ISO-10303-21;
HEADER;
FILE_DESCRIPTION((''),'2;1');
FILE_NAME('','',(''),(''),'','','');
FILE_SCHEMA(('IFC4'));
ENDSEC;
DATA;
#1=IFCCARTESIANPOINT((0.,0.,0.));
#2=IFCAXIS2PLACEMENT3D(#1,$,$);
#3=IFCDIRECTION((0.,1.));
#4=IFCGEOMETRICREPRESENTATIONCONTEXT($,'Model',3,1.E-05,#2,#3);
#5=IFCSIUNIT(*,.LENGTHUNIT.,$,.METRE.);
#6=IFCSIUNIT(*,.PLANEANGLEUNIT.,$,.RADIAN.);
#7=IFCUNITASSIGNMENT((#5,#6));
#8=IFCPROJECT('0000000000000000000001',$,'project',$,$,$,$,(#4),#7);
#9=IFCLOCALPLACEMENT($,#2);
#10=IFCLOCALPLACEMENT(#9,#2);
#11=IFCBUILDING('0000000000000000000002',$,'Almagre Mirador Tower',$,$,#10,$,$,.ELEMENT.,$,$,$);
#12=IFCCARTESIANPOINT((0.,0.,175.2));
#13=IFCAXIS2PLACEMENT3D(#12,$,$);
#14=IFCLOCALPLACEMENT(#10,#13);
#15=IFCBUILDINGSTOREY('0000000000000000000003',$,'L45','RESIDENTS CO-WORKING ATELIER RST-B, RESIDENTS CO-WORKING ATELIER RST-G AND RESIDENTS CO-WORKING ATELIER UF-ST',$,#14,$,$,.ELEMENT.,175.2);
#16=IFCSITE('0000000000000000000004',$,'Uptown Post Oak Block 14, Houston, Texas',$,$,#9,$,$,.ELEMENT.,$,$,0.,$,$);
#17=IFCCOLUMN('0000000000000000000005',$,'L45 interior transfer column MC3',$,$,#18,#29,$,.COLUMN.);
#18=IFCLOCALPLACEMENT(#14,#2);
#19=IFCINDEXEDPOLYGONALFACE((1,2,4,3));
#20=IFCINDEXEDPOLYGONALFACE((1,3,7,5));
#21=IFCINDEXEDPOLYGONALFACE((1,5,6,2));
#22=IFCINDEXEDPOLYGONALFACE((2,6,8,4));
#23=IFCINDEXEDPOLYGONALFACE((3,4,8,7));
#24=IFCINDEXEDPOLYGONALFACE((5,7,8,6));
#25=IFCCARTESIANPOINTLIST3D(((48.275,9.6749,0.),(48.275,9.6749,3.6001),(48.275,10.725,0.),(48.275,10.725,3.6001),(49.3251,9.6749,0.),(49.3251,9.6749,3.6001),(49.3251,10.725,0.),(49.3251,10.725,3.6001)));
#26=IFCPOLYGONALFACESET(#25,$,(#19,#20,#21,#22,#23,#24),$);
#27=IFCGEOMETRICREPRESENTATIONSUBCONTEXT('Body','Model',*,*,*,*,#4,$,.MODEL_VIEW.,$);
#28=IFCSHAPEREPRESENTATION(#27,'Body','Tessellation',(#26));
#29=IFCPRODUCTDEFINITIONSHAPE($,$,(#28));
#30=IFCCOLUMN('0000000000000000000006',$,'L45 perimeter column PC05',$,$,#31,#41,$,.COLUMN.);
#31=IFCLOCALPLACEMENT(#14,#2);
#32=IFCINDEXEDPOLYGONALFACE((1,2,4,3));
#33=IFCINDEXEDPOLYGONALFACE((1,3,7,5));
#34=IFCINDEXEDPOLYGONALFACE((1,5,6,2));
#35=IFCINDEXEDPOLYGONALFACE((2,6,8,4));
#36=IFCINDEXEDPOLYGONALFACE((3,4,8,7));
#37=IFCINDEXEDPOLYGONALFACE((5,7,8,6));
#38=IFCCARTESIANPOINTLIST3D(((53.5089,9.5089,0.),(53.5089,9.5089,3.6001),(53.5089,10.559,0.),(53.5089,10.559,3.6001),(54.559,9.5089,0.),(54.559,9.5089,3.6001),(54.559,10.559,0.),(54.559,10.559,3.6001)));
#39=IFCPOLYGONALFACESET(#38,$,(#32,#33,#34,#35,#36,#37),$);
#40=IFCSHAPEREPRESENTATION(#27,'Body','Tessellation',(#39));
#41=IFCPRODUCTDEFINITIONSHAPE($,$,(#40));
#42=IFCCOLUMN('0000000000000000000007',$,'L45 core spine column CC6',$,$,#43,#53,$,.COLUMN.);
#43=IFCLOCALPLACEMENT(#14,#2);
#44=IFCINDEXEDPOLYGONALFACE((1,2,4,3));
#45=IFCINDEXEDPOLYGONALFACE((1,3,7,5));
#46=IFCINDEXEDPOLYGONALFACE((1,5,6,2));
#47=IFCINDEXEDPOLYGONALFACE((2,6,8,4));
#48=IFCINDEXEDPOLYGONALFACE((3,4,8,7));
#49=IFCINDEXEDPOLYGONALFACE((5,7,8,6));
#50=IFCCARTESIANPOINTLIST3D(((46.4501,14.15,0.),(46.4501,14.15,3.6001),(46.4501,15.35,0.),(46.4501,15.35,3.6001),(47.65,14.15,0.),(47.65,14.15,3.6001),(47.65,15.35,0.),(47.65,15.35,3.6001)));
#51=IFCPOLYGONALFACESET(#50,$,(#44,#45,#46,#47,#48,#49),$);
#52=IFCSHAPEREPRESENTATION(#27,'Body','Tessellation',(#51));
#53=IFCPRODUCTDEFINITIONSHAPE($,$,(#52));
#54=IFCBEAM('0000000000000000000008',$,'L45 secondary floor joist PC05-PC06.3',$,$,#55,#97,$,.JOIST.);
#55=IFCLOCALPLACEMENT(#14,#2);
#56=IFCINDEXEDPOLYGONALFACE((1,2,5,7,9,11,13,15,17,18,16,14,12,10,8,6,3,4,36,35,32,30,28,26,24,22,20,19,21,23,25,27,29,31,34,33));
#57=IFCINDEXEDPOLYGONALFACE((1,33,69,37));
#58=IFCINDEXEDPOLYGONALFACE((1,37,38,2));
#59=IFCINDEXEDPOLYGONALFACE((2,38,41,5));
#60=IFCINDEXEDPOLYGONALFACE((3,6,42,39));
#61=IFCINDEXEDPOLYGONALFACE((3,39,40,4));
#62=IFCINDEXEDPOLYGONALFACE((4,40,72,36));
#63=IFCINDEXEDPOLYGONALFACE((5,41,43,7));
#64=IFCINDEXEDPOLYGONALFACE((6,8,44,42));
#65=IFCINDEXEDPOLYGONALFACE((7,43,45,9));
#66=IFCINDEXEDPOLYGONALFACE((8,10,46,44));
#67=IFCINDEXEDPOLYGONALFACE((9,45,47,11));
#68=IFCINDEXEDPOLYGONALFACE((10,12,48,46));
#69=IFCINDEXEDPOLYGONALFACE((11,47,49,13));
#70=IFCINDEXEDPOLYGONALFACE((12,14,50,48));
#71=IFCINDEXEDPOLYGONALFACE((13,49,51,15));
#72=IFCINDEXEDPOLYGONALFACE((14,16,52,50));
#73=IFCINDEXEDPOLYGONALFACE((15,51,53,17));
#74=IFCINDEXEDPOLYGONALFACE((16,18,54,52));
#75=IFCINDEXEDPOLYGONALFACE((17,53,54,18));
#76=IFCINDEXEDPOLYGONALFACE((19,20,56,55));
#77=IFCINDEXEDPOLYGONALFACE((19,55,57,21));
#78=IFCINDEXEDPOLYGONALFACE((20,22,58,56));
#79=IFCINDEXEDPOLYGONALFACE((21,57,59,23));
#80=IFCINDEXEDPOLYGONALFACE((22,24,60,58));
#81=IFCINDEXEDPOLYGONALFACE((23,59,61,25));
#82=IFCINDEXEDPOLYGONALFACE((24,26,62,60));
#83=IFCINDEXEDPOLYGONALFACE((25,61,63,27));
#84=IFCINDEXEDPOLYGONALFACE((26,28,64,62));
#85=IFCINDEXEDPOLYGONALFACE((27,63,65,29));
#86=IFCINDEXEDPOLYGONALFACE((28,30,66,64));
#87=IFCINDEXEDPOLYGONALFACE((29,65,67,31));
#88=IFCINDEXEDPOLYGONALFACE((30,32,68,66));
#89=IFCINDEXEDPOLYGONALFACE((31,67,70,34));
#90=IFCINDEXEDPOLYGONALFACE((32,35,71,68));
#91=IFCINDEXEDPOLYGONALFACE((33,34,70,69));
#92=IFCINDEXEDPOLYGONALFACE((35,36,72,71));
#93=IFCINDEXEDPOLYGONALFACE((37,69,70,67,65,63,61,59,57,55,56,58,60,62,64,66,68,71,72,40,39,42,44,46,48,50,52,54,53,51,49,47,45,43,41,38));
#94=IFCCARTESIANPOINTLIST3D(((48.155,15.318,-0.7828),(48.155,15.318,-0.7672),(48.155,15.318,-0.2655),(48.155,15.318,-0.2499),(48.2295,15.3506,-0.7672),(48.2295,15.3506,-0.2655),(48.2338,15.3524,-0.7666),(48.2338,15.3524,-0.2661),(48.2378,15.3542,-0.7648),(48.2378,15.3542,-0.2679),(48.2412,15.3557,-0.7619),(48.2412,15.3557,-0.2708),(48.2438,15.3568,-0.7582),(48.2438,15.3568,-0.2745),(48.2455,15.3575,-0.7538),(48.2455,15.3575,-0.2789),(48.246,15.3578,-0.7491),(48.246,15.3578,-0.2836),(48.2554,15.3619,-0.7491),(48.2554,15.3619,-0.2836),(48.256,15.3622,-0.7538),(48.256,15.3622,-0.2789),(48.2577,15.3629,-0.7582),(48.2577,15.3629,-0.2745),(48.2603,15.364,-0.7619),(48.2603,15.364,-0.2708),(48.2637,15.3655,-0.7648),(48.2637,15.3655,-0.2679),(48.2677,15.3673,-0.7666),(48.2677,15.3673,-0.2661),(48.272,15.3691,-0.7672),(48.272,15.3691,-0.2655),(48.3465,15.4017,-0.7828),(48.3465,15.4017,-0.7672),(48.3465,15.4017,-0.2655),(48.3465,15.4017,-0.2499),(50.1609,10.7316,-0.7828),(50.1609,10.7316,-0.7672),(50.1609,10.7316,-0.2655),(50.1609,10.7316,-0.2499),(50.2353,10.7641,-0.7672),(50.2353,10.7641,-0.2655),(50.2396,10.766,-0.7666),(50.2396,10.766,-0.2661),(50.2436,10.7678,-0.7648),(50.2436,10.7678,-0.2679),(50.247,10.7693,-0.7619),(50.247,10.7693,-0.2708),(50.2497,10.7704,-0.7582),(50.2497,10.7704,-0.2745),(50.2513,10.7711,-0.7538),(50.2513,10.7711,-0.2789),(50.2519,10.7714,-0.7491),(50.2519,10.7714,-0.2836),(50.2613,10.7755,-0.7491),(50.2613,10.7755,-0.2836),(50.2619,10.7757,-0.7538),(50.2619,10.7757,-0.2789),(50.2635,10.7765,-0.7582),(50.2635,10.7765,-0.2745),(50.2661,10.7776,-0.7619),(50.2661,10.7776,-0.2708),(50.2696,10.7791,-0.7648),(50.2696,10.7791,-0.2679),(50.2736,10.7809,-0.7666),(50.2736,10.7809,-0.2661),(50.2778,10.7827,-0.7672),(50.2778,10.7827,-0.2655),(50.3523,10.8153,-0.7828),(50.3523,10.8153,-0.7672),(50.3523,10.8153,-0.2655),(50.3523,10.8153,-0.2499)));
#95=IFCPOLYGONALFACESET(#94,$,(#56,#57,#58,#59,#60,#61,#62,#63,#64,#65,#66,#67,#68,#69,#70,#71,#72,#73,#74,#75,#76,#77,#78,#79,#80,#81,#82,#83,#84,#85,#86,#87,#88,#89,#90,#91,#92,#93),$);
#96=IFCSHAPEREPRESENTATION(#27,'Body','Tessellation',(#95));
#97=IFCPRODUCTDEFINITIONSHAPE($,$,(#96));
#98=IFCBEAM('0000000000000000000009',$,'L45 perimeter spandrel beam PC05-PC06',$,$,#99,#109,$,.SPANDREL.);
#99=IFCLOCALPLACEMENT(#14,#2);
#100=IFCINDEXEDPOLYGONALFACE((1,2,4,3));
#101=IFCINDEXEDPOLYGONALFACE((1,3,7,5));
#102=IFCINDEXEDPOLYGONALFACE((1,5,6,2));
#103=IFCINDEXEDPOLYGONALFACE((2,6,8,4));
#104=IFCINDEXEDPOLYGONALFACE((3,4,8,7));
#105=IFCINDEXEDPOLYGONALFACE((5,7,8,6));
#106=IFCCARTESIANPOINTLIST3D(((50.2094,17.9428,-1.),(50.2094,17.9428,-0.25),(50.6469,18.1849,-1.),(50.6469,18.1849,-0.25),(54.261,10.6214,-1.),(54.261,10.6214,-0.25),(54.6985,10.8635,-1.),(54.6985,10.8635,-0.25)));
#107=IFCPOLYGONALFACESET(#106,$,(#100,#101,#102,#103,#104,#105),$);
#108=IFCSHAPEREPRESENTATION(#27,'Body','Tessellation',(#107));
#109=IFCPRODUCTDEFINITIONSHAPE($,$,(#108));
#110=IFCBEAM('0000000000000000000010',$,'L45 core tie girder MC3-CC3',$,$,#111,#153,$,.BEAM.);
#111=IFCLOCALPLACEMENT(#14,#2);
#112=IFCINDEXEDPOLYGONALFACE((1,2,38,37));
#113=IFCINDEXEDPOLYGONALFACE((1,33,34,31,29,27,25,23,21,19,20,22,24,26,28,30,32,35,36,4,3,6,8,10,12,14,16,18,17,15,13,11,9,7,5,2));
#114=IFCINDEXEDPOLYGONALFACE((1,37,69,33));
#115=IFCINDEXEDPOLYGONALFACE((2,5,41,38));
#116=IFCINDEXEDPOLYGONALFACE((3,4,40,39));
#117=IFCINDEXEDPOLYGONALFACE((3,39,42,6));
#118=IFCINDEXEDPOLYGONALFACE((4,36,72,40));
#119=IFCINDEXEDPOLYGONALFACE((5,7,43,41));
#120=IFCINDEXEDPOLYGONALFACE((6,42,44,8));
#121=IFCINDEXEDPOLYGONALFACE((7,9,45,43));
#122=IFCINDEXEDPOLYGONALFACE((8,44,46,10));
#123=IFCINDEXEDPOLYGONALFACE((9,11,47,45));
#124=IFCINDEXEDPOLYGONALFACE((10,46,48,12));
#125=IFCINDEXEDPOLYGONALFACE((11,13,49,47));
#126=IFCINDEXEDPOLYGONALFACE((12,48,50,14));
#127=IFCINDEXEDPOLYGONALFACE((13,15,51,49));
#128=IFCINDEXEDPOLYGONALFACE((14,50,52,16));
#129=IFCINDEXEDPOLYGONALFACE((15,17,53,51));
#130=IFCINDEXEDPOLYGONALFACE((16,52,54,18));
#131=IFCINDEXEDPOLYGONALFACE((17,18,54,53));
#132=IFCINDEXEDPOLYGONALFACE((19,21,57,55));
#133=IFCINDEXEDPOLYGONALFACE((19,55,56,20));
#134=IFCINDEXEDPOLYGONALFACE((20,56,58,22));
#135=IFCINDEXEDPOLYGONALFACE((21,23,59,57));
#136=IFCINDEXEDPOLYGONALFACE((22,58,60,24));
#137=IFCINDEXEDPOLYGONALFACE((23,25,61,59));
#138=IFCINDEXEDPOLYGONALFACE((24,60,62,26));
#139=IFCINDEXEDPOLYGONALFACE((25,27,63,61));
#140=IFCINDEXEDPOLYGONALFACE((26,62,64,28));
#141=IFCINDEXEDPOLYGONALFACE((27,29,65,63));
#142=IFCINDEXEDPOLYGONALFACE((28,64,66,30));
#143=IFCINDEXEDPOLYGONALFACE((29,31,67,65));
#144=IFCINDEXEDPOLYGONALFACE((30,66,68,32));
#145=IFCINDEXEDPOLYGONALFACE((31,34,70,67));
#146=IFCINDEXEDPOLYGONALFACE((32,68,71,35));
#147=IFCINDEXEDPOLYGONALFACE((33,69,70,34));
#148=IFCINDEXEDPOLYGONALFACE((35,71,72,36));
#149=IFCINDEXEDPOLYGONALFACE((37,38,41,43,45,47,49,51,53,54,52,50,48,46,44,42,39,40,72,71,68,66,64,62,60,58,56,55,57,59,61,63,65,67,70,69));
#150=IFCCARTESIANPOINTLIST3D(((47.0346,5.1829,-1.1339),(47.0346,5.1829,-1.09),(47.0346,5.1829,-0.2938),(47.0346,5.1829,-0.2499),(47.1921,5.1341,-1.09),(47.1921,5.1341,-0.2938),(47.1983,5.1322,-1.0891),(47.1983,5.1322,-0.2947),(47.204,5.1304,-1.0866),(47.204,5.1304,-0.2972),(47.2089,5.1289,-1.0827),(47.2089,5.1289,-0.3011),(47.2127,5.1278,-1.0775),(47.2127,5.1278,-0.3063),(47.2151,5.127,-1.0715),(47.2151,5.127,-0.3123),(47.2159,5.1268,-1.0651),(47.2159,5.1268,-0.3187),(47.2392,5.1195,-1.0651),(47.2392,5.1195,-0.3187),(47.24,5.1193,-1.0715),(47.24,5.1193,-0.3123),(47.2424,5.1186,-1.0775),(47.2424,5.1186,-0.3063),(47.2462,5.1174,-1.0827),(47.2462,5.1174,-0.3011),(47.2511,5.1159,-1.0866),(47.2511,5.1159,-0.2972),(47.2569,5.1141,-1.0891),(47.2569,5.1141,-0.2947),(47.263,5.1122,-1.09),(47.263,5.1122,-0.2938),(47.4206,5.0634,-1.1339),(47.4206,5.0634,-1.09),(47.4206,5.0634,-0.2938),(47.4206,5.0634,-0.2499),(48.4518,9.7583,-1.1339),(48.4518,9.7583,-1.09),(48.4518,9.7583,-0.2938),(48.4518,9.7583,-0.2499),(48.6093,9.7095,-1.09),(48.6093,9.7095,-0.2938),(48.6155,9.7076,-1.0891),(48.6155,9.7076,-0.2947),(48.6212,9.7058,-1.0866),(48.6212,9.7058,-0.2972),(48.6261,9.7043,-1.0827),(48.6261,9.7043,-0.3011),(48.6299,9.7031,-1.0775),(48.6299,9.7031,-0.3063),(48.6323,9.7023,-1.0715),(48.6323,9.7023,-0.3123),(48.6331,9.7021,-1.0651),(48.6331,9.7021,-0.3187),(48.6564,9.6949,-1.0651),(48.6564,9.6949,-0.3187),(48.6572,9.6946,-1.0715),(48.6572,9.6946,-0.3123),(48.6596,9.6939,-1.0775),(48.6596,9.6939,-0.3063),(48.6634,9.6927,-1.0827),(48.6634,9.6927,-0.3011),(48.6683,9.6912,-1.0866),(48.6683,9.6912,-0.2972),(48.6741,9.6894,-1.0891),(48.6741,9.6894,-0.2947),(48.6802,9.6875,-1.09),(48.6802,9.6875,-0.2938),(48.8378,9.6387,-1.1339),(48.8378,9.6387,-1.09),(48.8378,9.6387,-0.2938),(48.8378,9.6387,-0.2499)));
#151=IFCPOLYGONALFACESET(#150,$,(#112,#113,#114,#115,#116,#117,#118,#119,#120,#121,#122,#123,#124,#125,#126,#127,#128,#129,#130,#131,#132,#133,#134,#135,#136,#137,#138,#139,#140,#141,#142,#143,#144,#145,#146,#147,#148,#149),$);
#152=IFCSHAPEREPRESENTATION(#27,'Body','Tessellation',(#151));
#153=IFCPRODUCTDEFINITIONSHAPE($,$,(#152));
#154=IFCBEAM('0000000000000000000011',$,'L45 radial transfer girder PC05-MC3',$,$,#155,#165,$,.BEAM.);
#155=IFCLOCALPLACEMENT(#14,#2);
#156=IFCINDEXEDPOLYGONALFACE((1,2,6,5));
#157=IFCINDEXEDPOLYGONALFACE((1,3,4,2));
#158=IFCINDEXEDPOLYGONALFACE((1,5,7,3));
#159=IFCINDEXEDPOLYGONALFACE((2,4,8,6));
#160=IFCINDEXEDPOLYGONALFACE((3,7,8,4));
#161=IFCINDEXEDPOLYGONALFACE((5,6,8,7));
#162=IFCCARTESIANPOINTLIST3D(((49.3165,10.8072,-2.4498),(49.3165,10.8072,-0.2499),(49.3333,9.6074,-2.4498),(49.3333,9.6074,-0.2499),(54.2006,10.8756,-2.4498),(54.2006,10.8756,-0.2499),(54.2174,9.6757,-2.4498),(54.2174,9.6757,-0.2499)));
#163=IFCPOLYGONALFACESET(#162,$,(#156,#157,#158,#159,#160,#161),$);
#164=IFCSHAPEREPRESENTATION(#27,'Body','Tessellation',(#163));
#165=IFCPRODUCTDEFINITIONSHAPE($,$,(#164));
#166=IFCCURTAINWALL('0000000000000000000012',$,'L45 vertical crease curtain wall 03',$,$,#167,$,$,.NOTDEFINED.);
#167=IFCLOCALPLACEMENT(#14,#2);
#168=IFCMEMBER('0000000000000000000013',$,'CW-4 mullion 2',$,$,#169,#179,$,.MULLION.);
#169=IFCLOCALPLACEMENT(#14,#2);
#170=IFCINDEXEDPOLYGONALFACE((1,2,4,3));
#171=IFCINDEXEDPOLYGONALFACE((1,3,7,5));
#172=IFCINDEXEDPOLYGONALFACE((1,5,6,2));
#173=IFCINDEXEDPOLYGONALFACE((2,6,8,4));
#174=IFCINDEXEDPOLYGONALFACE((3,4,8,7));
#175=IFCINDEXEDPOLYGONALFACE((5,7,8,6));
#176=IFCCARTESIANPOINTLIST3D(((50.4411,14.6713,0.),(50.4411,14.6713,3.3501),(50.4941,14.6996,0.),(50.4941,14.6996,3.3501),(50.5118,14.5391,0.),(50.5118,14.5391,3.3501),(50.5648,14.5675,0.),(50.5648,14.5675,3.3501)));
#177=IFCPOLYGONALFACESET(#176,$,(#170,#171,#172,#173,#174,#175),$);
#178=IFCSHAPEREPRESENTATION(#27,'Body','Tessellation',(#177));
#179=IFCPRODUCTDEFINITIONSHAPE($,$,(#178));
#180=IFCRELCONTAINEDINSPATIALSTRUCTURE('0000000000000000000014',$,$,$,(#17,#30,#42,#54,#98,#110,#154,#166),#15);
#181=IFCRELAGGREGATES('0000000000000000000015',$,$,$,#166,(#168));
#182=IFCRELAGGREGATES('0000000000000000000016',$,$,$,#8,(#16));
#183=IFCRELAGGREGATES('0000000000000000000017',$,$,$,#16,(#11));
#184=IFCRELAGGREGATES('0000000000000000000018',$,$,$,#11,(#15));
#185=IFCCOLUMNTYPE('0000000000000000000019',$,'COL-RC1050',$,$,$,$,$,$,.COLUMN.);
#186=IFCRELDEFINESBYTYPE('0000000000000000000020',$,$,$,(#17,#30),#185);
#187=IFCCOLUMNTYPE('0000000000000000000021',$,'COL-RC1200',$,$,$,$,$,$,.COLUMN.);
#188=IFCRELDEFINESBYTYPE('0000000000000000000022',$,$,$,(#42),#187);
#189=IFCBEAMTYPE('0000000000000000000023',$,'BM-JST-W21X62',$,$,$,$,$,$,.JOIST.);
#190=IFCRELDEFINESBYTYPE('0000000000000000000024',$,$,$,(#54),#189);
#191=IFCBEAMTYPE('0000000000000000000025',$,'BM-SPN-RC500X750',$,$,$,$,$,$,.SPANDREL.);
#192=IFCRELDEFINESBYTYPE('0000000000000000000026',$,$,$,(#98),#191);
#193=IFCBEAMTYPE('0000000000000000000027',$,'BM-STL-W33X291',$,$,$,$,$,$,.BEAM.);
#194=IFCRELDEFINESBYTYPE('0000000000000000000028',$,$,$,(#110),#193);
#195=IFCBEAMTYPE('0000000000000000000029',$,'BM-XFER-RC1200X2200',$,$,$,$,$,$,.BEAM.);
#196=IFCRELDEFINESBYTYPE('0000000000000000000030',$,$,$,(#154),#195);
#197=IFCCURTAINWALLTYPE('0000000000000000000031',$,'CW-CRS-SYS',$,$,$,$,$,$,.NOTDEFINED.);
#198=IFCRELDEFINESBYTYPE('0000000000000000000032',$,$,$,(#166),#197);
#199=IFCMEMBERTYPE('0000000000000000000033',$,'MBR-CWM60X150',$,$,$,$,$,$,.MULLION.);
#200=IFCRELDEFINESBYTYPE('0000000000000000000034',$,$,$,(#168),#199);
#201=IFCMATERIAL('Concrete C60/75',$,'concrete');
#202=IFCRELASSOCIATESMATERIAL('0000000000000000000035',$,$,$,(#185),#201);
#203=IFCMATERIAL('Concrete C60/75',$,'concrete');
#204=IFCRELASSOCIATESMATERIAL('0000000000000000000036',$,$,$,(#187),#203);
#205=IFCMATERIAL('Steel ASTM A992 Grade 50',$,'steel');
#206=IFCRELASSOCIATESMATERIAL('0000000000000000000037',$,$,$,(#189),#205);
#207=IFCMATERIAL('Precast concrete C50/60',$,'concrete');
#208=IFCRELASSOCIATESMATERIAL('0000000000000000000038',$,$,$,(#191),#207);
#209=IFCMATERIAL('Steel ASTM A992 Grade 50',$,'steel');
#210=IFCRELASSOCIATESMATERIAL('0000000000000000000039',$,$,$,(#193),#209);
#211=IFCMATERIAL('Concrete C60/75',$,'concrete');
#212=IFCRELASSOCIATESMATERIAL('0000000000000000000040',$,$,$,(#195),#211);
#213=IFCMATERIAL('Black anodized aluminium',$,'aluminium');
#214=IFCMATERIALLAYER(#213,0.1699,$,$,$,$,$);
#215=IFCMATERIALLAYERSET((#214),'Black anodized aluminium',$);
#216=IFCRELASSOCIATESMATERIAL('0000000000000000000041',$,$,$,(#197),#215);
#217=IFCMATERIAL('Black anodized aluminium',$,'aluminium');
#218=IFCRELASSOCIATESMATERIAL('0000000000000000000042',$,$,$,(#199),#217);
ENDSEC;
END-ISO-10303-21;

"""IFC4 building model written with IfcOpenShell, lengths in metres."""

from ifc_helpers import new_model, si_unit, direction, frame, origin, origin_2d, place, context, subcontext, project, spatial, rectangle, i_section, extrude, material, layer, layer_set, material_profile, profile_set, type_object, element, aggregate, save


model = new_model("IFC4")

# Units and contexts
model_context = context("Model", 3, precision=1e-05, world=origin(), true_north=direction((0.0, 1.0)))
body_context = subcontext(model_context, "Body", "Model", "MODEL_VIEW")
ifc_project = project(units=[si_unit("LENGTHUNIT", "METRE"), si_unit("PLANEANGLEUNIT", "RADIAN")], contexts=[model_context])

# Site, building, storey
site_placement = place(None, origin())
site = spatial("IfcSite", under=ifc_project, at=site_placement, Name="Uptown Post Oak Block 14, Houston, Texas", CompositionType="ELEMENT", RefElevation=0.0)
building_placement = place(site_placement, origin())
building = spatial("IfcBuilding", under=site, at=building_placement, Name="Almagre Mirador Tower", CompositionType="ELEMENT")
storey_placement = place(building_placement, frame((0.0, 0.0, 175.2)))
storey = spatial("IfcBuildingStorey", under=building, at=storey_placement, Name="L45", Description="RESIDENTS CO-WORKING ATELIER RST-B, RESIDENTS CO-WORKING ATELIER RST-G AND RESIDENTS CO-WORKING ATELIER UF-ST", CompositionType="ELEMENT", Elevation=175.2)

# Columns
ifc_material_1 = material(Name="Concrete C60/75", Category="concrete")
ifc_material_profile_1 = material_profile(ifc_material_1, rectangle(XDim=1.05, YDim=1.05, at=origin_2d()), Name="RC1050X1050")
ifc_profile_set_1 = profile_set([ifc_material_profile_1], Name="Concrete C60/75")
column_type_1 = type_object("IfcColumnType", Name="COL-RC1050", PredefinedType="COLUMN", material=ifc_profile_set_1)
for number, where, z_axis, x_axis, name in (
    (1, (48.8, 10.2, 0.0), (0.0, 0.0, 1.0), (1.0, 0.0, 0.0), "L45 interior transfer column MC3"),
    (2, (54.0339, 10.0339, 0.0), (0.0, 0.0, 1.0), (1.0, 0.0, 0.0), "L45 perimeter column PC05"),
):
    element("IfcColumn", number, at=place(storey_placement, frame(where, z_axis=z_axis, x_axis=x_axis)), inside=storey, type_object=column_type_1, Name=name, PredefinedType="COLUMN", context=body_context, shape_type="SweptSolid", body=[
        extrude(rectangle(XDim=1.05, YDim=1.05, at=origin_2d()), origin(), (0.0, 0.0, 1.0), 3.6001),
    ])
ifc_material_2 = material(Name="Concrete C60/75", Category="concrete")
ifc_material_profile_2 = material_profile(ifc_material_2, rectangle(XDim=1.2, YDim=1.2, at=origin_2d()), Name="RC1200X1200")
ifc_profile_set_2 = profile_set([ifc_material_profile_2], Name="Concrete C60/75")
column_type_2 = type_object("IfcColumnType", Name="COL-RC1200", PredefinedType="COLUMN", material=ifc_profile_set_2)
column_placement = place(storey_placement, frame((47.05, 14.75, 0.0), z_axis=(0.0, 0.0, 1.0), x_axis=(1.0, 0.0, 0.0)))
element("IfcColumn", 3, at=column_placement, inside=storey, type_object=column_type_2, Name="L45 core spine column CC6", PredefinedType="COLUMN", context=body_context, shape_type="SweptSolid", body=[
    extrude(rectangle(XDim=1.2, YDim=1.2, at=origin_2d()), origin(), (0.0, 0.0, 1.0), 3.6001),
])

# Beams
ifc_material_3 = material(Name="Steel ASTM A992 Grade 50", Category="steel")
ifc_material_profile_3 = material_profile(ifc_material_3, i_section(OverallWidth=0.209, OverallDepth=0.533, WebThickness=0.0103, FlangeThickness=0.0156, FilletRadius=0.0181, at=origin_2d()), Name="W21X62")
ifc_profile_set_3 = profile_set([ifc_material_profile_3], Name="Steel ASTM A992 Grade 50")
beam_type_1 = type_object("IfcBeamType", Name="BM-JST-W21X62", PredefinedType="JOIST", material=ifc_profile_set_3)
beam_1_placement = place(storey_placement, frame((50.2566, 10.7734, -0.5164), z_axis=(-0.400701, 0.916209, 0.0), x_axis=(-0.916209, -0.400701, 0.0)))
element("IfcBeam", 4, at=beam_1_placement, inside=storey, type_object=beam_type_1, Name="L45 secondary floor joist PC05-PC06.3", PredefinedType="JOIST", context=body_context, shape_type="SweptSolid", body=[
    extrude(i_section(OverallWidth=0.209, OverallDepth=0.533, WebThickness=0.0103, FlangeThickness=0.0156, FilletRadius=0.0181, at=origin_2d()), origin(), (0.0, 0.0, 1.0), 5.0059),
])
ifc_material_4 = material(Name="Precast concrete C50/60", Category="concrete")
ifc_material_profile_4 = material_profile(ifc_material_4, rectangle(XDim=0.5, YDim=0.75, at=origin_2d()), Name="RC500X750")
ifc_profile_set_4 = profile_set([ifc_material_profile_4], Name="Precast concrete C50/60")
beam_type_2 = type_object("IfcBeamType", Name="BM-SPN-RC500X750", PredefinedType="SPANDREL", material=ifc_profile_set_4)
beam_2_placement = place(storey_placement, frame((54.4797, 10.7424, -0.625), z_axis=(-0.484193, 0.874961, 0.0), x_axis=(-0.874961, -0.484193, 0.0)))
element("IfcBeam", 5, at=beam_2_placement, inside=storey, type_object=beam_type_2, Name="L45 perimeter spandrel beam PC05-PC06", PredefinedType="SPANDREL", context=body_context, shape_type="SweptSolid", body=[
    extrude(rectangle(XDim=0.5, YDim=0.75, at=origin_2d()), origin(), (0.0, 0.0, 1.0), 8.3677),
])
ifc_material_5 = material(Name="Steel ASTM A992 Grade 50", Category="steel")
ifc_material_profile_5 = material_profile(ifc_material_5, i_section(OverallWidth=0.4041, OverallDepth=0.884, WebThickness=0.0244, FlangeThickness=0.0439, FilletRadius=0.0249, at=origin_2d()), Name="W33X291")
ifc_profile_set_5 = profile_set([ifc_material_profile_5], Name="Steel ASTM A992 Grade 50")
beam_type_3 = type_object("IfcBeamType", Name="BM-STL-W33X291", PredefinedType="BEAM", material=ifc_profile_set_5)
beam_3_placement = place(storey_placement, frame((48.6448, 9.6985, -0.6919), z_axis=(-0.29588, -0.955225, 0.0), x_axis=(0.955225, -0.29588, 0.0)))
element("IfcBeam", 6, at=beam_3_placement, inside=storey, type_object=beam_type_3, Name="L45 core tie girder MC3-CC3", PredefinedType="BEAM", context=body_context, shape_type="SweptSolid", body=[
    extrude(i_section(OverallWidth=0.4041, OverallDepth=0.884, WebThickness=0.0244, FlangeThickness=0.0439, FilletRadius=0.0249, at=origin_2d()), origin(), (0.0, 0.0, 1.0), 4.7898),
])
ifc_material_6 = material(Name="Concrete C60/75", Category="concrete")
ifc_material_profile_6 = material_profile(ifc_material_6, rectangle(XDim=1.2, YDim=2.2, at=origin_2d()), Name="RC1200X2200")
ifc_profile_set_6 = profile_set([ifc_material_profile_6], Name="Concrete C60/75")
beam_type_4 = type_object("IfcBeamType", Name="BM-XFER-RC1200X2200", PredefinedType="BEAM", material=ifc_profile_set_6)
beam_4_placement = place(storey_placement, frame((54.209, 10.2756, -1.3499), z_axis=(-0.999902, -0.013995, 0.0), x_axis=(0.013995, -0.999902, 0.0)))
element("IfcBeam", 7, at=beam_4_placement, inside=storey, type_object=beam_type_4, Name="L45 radial transfer girder PC05-MC3", PredefinedType="BEAM", context=body_context, shape_type="SweptSolid", body=[
    extrude(rectangle(XDim=1.2, YDim=2.2, at=origin_2d()), origin(), (0.0, 0.0, 1.0), 4.8845),
])

# Curtain wall, member
ifc_material_7 = material(Name="Black anodized aluminium", Category="aluminium")
ifc_layer_1 = layer(ifc_material_7, 0.1699)
ifc_layer_set_1 = layer_set([ifc_layer_1], Name="Black anodized aluminium")
curtain_wall_type = type_object("IfcCurtainWallType", Name="CW-CRS-SYS", PredefinedType="NOTDEFINED", material=ifc_layer_set_1)
curtain_wall_placement = place(storey_placement, origin())
curtain_wall = element("IfcCurtainWall", 8, at=curtain_wall_placement, inside=storey, type_object=curtain_wall_type, Name="L45 vertical crease curtain wall 03", PredefinedType="NOTDEFINED")
ifc_material_8 = material(Name="Black anodized aluminium", Category="aluminium")
ifc_material_profile_7 = material_profile(ifc_material_8, rectangle(XDim=0.0601, YDim=0.1499, at=origin_2d()), Name="CWM60X150")
ifc_profile_set_7 = profile_set([ifc_material_profile_7], Name="Black anodized aluminium")
member_type = type_object("IfcMemberType", Name="MBR-CWM60X150", PredefinedType="MULLION", material=ifc_profile_set_7)
member_placement = place(storey_placement, frame((50.5029, 14.6194, 0.0), z_axis=(0.0, 0.0, 1.0), x_axis=(0.881743, 0.47173, 0.0)))
member = element("IfcMember", 9, at=member_placement, type_object=member_type, Name="CW-4 mullion 2", PredefinedType="MULLION", context=body_context, shape_type="SweptSolid", body=[
    extrude(rectangle(XDim=0.0601, YDim=0.1499, at=origin_2d()), origin(), (0.0, 0.0, 1.0), 3.3501),
])
aggregate(curtain_wall, [member])

save(model, "model.ifc")
